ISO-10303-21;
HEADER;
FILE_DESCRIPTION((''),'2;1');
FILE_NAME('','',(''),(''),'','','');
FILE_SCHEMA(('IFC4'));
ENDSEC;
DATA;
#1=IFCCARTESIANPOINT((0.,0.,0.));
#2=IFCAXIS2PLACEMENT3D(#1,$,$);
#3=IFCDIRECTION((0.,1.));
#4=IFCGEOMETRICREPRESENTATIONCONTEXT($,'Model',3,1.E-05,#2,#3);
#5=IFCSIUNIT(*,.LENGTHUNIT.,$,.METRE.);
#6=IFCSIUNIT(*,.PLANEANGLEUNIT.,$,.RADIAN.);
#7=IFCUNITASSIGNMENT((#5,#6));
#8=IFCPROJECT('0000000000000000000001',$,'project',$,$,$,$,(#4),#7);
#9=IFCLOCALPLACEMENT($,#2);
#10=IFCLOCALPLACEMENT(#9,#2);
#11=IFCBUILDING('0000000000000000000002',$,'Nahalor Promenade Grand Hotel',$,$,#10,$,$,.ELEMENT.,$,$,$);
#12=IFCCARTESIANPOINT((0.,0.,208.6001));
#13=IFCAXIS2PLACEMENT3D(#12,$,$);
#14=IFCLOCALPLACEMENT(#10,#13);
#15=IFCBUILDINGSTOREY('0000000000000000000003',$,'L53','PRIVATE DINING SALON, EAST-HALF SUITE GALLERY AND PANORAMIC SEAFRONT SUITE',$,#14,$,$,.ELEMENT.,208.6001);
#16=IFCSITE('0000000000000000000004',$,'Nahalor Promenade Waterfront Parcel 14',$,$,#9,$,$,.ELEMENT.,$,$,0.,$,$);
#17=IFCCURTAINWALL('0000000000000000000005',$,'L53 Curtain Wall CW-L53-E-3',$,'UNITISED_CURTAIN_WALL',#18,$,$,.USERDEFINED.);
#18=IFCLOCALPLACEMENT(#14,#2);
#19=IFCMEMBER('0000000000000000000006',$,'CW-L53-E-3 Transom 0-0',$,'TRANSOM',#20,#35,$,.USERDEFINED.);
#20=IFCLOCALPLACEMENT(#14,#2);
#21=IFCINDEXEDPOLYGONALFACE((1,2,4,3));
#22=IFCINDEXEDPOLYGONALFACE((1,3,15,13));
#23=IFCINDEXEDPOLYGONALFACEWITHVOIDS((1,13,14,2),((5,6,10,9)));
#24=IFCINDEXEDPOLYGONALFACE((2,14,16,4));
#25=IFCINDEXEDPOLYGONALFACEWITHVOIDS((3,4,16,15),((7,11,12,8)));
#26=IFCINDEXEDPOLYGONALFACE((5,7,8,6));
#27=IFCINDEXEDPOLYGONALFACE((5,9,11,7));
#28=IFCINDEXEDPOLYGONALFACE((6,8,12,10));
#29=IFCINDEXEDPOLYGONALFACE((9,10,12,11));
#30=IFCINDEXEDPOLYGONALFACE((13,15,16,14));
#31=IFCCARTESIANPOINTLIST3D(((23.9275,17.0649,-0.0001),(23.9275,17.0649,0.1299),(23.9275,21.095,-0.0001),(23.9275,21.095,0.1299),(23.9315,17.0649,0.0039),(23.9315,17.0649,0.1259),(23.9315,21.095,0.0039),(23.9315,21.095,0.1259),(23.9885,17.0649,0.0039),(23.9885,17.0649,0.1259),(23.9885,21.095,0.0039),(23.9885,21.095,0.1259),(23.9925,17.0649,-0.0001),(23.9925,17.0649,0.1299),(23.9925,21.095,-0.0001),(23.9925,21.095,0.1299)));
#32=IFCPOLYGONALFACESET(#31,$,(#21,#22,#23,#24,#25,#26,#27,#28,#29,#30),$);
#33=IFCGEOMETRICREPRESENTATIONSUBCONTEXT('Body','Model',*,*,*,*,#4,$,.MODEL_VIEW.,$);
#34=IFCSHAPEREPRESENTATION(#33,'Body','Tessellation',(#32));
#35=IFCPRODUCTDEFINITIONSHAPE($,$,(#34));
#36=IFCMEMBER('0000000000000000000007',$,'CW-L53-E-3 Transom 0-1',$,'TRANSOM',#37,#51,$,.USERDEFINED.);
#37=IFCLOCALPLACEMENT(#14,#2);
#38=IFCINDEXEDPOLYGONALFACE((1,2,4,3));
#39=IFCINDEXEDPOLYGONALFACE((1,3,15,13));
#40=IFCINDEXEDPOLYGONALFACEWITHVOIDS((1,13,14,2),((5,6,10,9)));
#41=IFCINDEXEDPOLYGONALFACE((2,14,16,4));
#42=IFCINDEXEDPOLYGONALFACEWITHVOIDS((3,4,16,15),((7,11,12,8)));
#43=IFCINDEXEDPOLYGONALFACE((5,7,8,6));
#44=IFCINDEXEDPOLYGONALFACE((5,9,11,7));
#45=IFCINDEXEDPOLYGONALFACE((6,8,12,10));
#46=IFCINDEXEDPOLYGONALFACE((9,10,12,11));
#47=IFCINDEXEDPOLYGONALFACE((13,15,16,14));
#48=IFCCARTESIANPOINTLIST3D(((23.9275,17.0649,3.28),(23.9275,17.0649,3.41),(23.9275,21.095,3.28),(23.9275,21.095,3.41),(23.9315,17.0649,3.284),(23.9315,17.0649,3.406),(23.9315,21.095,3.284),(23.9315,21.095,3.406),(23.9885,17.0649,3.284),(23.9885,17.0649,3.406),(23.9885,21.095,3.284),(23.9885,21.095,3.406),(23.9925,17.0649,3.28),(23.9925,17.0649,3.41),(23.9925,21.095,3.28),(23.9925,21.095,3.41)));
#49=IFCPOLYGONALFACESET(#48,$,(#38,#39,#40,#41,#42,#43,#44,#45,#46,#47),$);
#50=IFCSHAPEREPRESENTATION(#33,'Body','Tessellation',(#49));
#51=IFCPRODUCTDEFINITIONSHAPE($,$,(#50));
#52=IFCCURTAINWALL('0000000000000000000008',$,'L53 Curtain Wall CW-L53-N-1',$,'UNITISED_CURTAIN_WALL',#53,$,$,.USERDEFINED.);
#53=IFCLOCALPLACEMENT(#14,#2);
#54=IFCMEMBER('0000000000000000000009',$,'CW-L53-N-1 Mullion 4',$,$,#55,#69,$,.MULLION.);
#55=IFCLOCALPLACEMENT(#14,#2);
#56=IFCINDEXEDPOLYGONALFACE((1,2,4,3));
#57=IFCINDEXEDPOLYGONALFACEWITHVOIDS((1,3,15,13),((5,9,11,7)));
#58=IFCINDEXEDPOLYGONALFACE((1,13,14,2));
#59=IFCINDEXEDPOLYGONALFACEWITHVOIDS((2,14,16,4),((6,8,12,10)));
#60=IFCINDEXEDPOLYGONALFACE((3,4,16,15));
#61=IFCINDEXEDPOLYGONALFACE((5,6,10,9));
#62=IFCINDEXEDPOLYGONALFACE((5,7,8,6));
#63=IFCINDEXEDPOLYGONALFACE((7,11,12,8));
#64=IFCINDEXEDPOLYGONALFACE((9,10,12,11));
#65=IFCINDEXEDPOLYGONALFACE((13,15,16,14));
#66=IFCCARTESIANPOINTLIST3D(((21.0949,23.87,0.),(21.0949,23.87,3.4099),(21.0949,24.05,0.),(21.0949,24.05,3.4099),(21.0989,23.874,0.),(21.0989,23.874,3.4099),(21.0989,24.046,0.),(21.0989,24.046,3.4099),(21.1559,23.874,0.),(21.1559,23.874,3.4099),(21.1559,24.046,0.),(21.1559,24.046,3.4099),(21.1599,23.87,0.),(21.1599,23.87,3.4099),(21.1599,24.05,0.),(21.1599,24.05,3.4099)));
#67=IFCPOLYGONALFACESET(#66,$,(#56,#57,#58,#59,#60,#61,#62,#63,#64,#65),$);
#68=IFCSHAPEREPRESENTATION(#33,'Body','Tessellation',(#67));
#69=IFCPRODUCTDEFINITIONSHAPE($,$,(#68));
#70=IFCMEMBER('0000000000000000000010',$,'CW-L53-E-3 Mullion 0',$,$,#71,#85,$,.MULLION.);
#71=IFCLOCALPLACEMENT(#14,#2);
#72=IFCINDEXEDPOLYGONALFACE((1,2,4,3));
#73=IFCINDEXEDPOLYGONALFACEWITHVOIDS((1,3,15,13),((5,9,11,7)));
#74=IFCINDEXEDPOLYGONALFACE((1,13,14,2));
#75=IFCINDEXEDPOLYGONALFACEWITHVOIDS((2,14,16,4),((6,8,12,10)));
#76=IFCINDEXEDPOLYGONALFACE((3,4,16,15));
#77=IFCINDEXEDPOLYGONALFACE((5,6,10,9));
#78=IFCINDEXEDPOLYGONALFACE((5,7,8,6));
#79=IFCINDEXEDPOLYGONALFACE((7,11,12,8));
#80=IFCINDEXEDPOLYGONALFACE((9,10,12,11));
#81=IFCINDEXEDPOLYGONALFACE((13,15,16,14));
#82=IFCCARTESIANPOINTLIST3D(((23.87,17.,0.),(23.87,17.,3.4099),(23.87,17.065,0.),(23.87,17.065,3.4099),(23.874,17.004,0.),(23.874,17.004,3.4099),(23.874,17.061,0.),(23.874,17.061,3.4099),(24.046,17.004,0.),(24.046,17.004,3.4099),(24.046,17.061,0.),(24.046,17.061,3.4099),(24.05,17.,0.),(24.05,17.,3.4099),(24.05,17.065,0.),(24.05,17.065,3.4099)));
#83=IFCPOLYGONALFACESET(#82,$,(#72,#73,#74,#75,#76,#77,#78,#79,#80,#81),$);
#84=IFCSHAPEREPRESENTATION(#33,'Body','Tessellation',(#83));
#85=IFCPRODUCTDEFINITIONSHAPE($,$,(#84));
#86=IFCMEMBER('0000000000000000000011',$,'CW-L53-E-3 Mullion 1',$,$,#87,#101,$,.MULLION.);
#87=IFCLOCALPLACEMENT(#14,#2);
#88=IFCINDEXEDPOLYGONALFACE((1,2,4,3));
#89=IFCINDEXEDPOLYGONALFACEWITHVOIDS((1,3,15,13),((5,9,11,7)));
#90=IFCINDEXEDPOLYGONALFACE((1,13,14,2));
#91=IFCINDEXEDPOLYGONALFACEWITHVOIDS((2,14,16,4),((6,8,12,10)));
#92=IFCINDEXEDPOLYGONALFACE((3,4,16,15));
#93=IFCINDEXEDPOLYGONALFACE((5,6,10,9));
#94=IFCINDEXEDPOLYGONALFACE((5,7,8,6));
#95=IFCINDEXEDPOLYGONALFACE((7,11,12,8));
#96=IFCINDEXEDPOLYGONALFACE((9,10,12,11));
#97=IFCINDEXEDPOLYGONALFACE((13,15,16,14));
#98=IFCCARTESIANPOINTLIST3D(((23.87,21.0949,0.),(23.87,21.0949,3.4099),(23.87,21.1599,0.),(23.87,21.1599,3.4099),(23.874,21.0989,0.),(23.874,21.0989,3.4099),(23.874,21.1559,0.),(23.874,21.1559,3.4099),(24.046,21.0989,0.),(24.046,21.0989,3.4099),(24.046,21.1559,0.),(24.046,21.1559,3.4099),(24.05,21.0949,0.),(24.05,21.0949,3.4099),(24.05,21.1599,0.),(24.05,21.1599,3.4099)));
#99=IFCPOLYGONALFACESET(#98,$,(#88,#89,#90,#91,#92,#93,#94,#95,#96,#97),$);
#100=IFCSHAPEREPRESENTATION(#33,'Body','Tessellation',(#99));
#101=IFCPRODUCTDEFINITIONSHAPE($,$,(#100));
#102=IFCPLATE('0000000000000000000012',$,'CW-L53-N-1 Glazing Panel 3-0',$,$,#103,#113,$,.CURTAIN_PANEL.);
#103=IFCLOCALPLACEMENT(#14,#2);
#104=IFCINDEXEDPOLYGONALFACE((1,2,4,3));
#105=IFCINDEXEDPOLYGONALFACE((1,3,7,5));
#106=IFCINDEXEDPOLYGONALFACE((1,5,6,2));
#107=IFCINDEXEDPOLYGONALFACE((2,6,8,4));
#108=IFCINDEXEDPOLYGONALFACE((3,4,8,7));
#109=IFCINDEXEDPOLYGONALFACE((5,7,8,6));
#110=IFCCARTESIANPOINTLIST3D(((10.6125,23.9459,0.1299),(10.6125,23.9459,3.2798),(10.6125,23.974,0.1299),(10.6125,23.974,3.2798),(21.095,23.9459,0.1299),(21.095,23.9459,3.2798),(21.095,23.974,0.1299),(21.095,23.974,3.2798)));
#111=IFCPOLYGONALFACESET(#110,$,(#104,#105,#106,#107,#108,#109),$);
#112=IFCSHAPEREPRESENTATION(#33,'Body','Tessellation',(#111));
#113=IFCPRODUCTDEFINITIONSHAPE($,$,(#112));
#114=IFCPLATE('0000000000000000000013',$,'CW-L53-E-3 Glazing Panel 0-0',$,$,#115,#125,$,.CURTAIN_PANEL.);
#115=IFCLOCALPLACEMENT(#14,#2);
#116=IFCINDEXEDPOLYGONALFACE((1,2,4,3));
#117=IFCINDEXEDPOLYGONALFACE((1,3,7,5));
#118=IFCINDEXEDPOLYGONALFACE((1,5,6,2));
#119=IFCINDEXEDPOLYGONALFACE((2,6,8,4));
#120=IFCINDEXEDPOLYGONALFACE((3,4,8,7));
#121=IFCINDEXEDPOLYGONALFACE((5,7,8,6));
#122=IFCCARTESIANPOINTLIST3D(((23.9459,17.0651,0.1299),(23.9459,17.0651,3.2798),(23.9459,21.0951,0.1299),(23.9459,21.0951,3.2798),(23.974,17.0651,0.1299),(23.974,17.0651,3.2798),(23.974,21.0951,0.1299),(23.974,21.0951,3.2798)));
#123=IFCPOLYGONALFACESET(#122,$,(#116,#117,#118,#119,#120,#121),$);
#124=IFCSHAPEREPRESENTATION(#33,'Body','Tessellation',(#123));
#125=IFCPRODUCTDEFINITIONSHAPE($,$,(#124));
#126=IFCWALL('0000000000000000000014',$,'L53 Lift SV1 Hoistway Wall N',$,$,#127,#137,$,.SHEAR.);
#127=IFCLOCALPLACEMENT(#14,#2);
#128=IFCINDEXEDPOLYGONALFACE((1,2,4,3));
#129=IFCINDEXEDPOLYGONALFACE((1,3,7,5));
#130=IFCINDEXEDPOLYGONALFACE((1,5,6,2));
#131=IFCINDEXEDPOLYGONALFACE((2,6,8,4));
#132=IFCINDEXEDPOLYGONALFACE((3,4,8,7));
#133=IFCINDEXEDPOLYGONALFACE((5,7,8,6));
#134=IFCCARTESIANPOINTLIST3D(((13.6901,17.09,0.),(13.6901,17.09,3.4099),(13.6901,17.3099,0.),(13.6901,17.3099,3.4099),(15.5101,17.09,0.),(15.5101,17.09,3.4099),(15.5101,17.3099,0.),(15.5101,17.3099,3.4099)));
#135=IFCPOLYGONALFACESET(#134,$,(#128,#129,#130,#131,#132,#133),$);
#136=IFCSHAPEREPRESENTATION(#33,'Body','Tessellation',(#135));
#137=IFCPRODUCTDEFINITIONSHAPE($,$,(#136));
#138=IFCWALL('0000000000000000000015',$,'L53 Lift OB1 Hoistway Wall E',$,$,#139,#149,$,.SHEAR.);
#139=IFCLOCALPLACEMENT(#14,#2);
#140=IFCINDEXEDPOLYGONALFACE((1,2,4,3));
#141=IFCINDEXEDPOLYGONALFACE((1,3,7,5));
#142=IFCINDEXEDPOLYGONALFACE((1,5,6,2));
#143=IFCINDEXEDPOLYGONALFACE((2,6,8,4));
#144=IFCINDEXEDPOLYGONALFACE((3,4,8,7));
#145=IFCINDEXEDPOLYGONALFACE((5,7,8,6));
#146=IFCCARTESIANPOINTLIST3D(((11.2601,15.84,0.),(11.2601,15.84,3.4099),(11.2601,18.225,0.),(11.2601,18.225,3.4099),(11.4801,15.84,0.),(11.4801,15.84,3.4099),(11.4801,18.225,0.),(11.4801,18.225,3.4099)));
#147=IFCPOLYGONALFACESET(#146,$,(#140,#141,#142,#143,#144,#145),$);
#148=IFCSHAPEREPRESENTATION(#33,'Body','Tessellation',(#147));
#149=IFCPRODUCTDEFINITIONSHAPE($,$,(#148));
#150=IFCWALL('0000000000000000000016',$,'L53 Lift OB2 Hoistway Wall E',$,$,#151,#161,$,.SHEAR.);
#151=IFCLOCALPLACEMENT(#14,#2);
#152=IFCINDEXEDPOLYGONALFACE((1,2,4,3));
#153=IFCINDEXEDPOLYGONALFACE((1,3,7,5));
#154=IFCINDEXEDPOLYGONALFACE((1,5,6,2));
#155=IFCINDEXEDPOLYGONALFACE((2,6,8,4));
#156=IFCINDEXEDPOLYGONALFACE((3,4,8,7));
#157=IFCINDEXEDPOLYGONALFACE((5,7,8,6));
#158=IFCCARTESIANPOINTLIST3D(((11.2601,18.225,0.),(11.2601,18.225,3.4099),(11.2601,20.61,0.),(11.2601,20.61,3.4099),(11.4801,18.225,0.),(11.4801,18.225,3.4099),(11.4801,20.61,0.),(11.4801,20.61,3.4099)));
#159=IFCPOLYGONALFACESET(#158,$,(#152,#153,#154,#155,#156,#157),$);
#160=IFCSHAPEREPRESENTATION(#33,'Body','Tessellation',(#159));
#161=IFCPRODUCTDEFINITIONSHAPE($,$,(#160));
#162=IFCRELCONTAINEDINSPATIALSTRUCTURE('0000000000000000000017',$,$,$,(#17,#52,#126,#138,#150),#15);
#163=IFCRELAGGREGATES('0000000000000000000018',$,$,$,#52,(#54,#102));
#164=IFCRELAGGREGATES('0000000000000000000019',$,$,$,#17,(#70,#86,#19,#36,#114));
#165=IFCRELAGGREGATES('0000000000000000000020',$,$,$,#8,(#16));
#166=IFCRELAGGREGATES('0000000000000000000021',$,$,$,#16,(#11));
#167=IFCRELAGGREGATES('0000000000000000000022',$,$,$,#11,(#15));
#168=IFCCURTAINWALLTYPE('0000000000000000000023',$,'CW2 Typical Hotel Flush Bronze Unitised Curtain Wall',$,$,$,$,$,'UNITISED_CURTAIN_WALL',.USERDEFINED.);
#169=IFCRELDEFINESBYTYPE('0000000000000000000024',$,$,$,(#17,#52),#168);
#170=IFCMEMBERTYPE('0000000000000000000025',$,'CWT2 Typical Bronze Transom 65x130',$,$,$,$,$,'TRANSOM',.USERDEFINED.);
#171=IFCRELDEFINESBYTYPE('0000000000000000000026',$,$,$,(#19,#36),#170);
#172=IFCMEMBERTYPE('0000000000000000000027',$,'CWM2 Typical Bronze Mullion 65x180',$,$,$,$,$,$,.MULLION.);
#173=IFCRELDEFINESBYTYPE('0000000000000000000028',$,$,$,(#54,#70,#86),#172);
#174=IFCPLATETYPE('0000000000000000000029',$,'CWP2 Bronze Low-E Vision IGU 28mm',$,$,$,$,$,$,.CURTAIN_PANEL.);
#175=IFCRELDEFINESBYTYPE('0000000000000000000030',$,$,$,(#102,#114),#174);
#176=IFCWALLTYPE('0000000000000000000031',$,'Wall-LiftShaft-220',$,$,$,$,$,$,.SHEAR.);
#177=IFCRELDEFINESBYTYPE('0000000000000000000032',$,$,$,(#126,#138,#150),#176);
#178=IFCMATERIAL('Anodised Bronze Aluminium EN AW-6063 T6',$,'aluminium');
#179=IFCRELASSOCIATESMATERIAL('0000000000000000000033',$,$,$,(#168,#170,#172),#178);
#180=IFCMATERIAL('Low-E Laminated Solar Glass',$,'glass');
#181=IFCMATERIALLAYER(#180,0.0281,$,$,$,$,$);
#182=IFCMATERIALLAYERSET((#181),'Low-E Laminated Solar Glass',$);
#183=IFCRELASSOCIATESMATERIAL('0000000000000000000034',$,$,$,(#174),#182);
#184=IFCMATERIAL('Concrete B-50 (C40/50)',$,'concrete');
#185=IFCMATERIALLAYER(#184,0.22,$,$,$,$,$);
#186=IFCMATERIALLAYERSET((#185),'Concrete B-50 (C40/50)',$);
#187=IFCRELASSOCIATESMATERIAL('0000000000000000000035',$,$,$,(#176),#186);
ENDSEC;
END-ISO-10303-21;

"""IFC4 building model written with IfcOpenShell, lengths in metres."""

from ifc_helpers import new_model, si_unit, direction, frame, frame_2d, origin, origin_2d, place, context, subcontext, project, spatial, rectangle, hollow_rectangle, extrude, source, transform, mapped, material, layer, layer_set, material_profile, profile_set, type_object, element, aggregate, save


model = new_model("IFC4")

# Units and contexts
model_context = context("Model", 3, precision=1e-05, world=origin(), true_north=direction((0.0, 1.0)))
body_context = subcontext(model_context, "Body", "Model", "MODEL_VIEW")
ifc_project = project(units=[si_unit("LENGTHUNIT", "METRE"), si_unit("PLANEANGLEUNIT", "RADIAN")], contexts=[model_context])

# Site, building, storey
site_placement = place(None, origin())
site = spatial("IfcSite", under=ifc_project, at=site_placement, Name="Nahalor Promenade Waterfront Parcel 14", CompositionType="ELEMENT", RefElevation=0.0)
building_placement = place(site_placement, origin())
building = spatial("IfcBuilding", under=site, at=building_placement, Name="Nahalor Promenade Grand Hotel", CompositionType="ELEMENT")
storey_placement = place(building_placement, frame((0.0, 0.0, 208.6001)))
storey = spatial("IfcBuildingStorey", under=building, at=storey_placement, Name="L53", Description="PRIVATE DINING SALON, EAST-HALF SUITE GALLERY AND PANORAMIC SEAFRONT SUITE", CompositionType="ELEMENT", Elevation=208.6001)

# Curtain wall, members
ifc_material_1 = material(Name="Anodised Bronze Aluminium EN AW-6063 T6", Category="aluminium")
curtain_wall_type = type_object("IfcCurtainWallType", Name="CW2 Typical Hotel Flush Bronze Unitised Curtain Wall", ElementType="UNITISED_CURTAIN_WALL", PredefinedType="USERDEFINED", material=ifc_material_1)
curtain_wall_1_placement = place(storey_placement, origin())
curtain_wall_1 = element("IfcCurtainWall", 1, at=curtain_wall_1_placement, inside=storey, type_object=curtain_wall_type, Name="L53 Curtain Wall CW-L53-E-3", ObjectType="UNITISED_CURTAIN_WALL", PredefinedType="USERDEFINED")
ifc_material_profile_1 = material_profile(ifc_material_1, hollow_rectangle(XDim=0.065, YDim=0.13, WallThickness=0.004, at=origin_2d()), Name="CWT 65x130x4")
ifc_profile_set_1 = profile_set([ifc_material_profile_1], Name="Anodised Bronze Aluminium EN AW-6063 T6")
member_type_1 = type_object("IfcMemberType", Name="CWT2 Typical Bronze Transom 65x130", ElementType="TRANSOM", PredefinedType="USERDEFINED", material=ifc_profile_set_1)
shared_shape_1 = source(origin(), body_context, "Body", "SweptSolid", [
    extrude(hollow_rectangle(XDim=0.065, YDim=0.13, WallThickness=0.004, at=origin_2d()), origin(), (0.0, 0.0, 1.0), 4.03),
])
member_1_placement = place(storey_placement, frame((23.96, 17.0649, 0.0649), z_axis=(0.0, 1.0, 0.0), x_axis=(-1.0, 0.0, 0.0)))
member_1 = element("IfcMember", 2, at=member_1_placement, type_object=member_type_1, Name="CW-L53-E-3 Transom 0-0", ObjectType="TRANSOM", PredefinedType="USERDEFINED", context=body_context, shape_type="MappedRepresentation", body=[
    mapped(shared_shape_1, transform((0.0, 0.0, 0.0), scale=1.0)),
])
member_2_placement = place(storey_placement, frame((23.96, 17.0649, 3.345), z_axis=(0.0, 1.0, 0.0), x_axis=(-1.0, 0.0, 0.0)))
member_2 = element("IfcMember", 3, at=member_2_placement, type_object=member_type_1, Name="CW-L53-E-3 Transom 0-1", ObjectType="TRANSOM", PredefinedType="USERDEFINED", context=body_context, shape_type="MappedRepresentation", body=[
    mapped(shared_shape_1, transform((0.0, 0.0, 0.0), scale=1.0)),
])

# Curtain wall, member
curtain_wall_2_placement = place(storey_placement, origin())
curtain_wall_2 = element("IfcCurtainWall", 4, at=curtain_wall_2_placement, inside=storey, type_object=curtain_wall_type, Name="L53 Curtain Wall CW-L53-N-1", ObjectType="UNITISED_CURTAIN_WALL", PredefinedType="USERDEFINED")
ifc_material_profile_2 = material_profile(ifc_material_1, hollow_rectangle(XDim=0.065, YDim=0.18, WallThickness=0.004, at=origin_2d()), Name="CWM 65x180x4")
ifc_profile_set_2 = profile_set([ifc_material_profile_2], Name="Anodised Bronze Aluminium EN AW-6063 T6")
member_type_2 = type_object("IfcMemberType", Name="CWM2 Typical Bronze Mullion 65x180", PredefinedType="MULLION", material=ifc_profile_set_2)
shared_shape_2 = source(origin(), body_context, "Body", "SweptSolid", [
    extrude(hollow_rectangle(XDim=0.065, YDim=0.18, WallThickness=0.004, at=origin_2d()), origin(), (0.0, 0.0, 1.0), 3.4099),
])
member_3_placement = place(storey_placement, frame((21.1274, 23.96, 0.0), z_axis=(0.0, 0.0, 1.0), x_axis=(1.0, 0.0, 0.0)))
member_3 = element("IfcMember", 5, at=member_3_placement, type_object=member_type_2, Name="CW-L53-N-1 Mullion 4", PredefinedType="MULLION", context=body_context, shape_type="MappedRepresentation", body=[
    mapped(shared_shape_2, transform((0.0, 0.0, 0.0), scale=1.0)),
])

# Members
member_4_placement = place(storey_placement, frame((23.96, 17.0325, 0.0), z_axis=(0.0, 0.0, 1.0), x_axis=(0.0, 1.0, 0.0)))
member_4 = element("IfcMember", 6, at=member_4_placement, type_object=member_type_2, Name="CW-L53-E-3 Mullion 0", PredefinedType="MULLION", context=body_context, shape_type="MappedRepresentation", body=[
    mapped(shared_shape_2, transform((0.0, 0.0, 0.0), scale=1.0)),
])
member_5_placement = place(storey_placement, frame((23.96, 21.1274, 0.0), z_axis=(0.0, 0.0, 1.0), x_axis=(0.0, 1.0, 0.0)))
member_5 = element("IfcMember", 7, at=member_5_placement, type_object=member_type_2, Name="CW-L53-E-3 Mullion 1", PredefinedType="MULLION", context=body_context, shape_type="MappedRepresentation", body=[
    mapped(shared_shape_2, transform((0.0, 0.0, 0.0), scale=1.0)),
])

# Plates
ifc_material_2 = material(Name="Low-E Laminated Solar Glass", Category="glass")
ifc_layer_1 = layer(ifc_material_2, 0.0281)
ifc_layer_set_1 = layer_set([ifc_layer_1], Name="Low-E Laminated Solar Glass")
plate_type = type_object("IfcPlateType", Name="CWP2 Bronze Low-E Vision IGU 28mm", PredefinedType="CURTAIN_PANEL", material=ifc_layer_set_1)
shared_shape_3 = source(origin(), body_context, "Body", "SweptSolid", [
    extrude(rectangle(XDim=10.4824, YDim=0.0281, at=origin_2d()), origin(), (0.0, 0.0, 1.0), 3.1499),
])
plate_1_placement = place(storey_placement, frame((15.8538, 23.96, 0.1299), z_axis=(0.0, 0.0, 1.0), x_axis=(1.0, 0.0, 0.0)))
plate_1 = element("IfcPlate", 8, at=plate_1_placement, type_object=plate_type, Name="CW-L53-N-1 Glazing Panel 3-0", PredefinedType="CURTAIN_PANEL", context=body_context, shape_type="MappedRepresentation", body=[
    mapped(shared_shape_3, transform((0.0, 0.0, 0.0), scale=1.0)),
])
aggregate(curtain_wall_2, [member_3, plate_1])
shared_shape_4 = source(origin(), body_context, "Body", "SweptSolid", [
    extrude(rectangle(XDim=4.03, YDim=0.0281, at=origin_2d()), origin(), (0.0, 0.0, 1.0), 3.1499),
])
plate_2_placement = place(storey_placement, frame((23.96, 19.0801, 0.1299), z_axis=(0.0, 0.0, 1.0), x_axis=(0.0, 1.0, 0.0)))
plate_2 = element("IfcPlate", 9, at=plate_2_placement, type_object=plate_type, Name="CW-L53-E-3 Glazing Panel 0-0", PredefinedType="CURTAIN_PANEL", context=body_context, shape_type="MappedRepresentation", body=[
    mapped(shared_shape_4, transform((0.0, 0.0, 0.0), scale=1.0)),
])
aggregate(curtain_wall_1, [member_4, member_5, member_1, member_2, plate_2])

# Walls
ifc_material_3 = material(Name="Concrete B-50 (C40/50)", Category="concrete")
ifc_layer_2 = layer(ifc_material_3, 0.22)
ifc_layer_set_2 = layer_set([ifc_layer_2], Name="Concrete B-50 (C40/50)")
wall_type_1 = type_object("IfcWallType", Name="Wall-LiftShaft-220", PredefinedType="SHEAR", material=ifc_layer_set_2)
shared_shape_5 = source(origin(), body_context, "Body", "SweptSolid", [
    extrude(rectangle(XDim=1.8201, YDim=0.22, at=frame_2d((0.9102, 0.0))), origin(), (0.0, 0.0, 1.0), 3.4099),
])
wall_1_placement = place(storey_placement, frame((13.6899, 17.2, 0.0), z_axis=(0.0, 0.0, 1.0), x_axis=(1.0, 0.0, 0.0)))
element("IfcWall", 10, at=wall_1_placement, inside=storey, type_object=wall_type_1, Name="L53 Lift SV1 Hoistway Wall N", PredefinedType="SHEAR", context=body_context, shape_type="MappedRepresentation", body=[
    mapped(shared_shape_5, transform((0.0, 0.0, 0.0), scale=1.0)),
])
shared_shape_6 = source(origin(), body_context, "Body", "SweptSolid", [
    extrude(rectangle(XDim=2.385, YDim=0.22, at=frame_2d((1.1924, 0.0))), origin(), (0.0, 0.0, 1.0), 3.4099),
])
for number, where, z_axis, x_axis, name in (
    (11, (11.3701, 15.8401, 0.0), (0.0, 0.0, 1.0), (0.0, 1.0, 0.0), "L53 Lift OB1 Hoistway Wall E"),
    (12, (11.3701, 18.2251, 0.0), (0.0, 0.0, 1.0), (0.0, 1.0, 0.0), "L53 Lift OB2 Hoistway Wall E"),
):
    element("IfcWall", number, at=place(storey_placement, frame(where, z_axis=z_axis, x_axis=x_axis)), inside=storey, type_object=wall_type_1, Name=name, PredefinedType="SHEAR", context=body_context, shape_type="MappedRepresentation", body=[
        mapped(shared_shape_6, transform((0.0, 0.0, 0.0), scale=1.0)),
    ])

save(model, "model.ifc")
